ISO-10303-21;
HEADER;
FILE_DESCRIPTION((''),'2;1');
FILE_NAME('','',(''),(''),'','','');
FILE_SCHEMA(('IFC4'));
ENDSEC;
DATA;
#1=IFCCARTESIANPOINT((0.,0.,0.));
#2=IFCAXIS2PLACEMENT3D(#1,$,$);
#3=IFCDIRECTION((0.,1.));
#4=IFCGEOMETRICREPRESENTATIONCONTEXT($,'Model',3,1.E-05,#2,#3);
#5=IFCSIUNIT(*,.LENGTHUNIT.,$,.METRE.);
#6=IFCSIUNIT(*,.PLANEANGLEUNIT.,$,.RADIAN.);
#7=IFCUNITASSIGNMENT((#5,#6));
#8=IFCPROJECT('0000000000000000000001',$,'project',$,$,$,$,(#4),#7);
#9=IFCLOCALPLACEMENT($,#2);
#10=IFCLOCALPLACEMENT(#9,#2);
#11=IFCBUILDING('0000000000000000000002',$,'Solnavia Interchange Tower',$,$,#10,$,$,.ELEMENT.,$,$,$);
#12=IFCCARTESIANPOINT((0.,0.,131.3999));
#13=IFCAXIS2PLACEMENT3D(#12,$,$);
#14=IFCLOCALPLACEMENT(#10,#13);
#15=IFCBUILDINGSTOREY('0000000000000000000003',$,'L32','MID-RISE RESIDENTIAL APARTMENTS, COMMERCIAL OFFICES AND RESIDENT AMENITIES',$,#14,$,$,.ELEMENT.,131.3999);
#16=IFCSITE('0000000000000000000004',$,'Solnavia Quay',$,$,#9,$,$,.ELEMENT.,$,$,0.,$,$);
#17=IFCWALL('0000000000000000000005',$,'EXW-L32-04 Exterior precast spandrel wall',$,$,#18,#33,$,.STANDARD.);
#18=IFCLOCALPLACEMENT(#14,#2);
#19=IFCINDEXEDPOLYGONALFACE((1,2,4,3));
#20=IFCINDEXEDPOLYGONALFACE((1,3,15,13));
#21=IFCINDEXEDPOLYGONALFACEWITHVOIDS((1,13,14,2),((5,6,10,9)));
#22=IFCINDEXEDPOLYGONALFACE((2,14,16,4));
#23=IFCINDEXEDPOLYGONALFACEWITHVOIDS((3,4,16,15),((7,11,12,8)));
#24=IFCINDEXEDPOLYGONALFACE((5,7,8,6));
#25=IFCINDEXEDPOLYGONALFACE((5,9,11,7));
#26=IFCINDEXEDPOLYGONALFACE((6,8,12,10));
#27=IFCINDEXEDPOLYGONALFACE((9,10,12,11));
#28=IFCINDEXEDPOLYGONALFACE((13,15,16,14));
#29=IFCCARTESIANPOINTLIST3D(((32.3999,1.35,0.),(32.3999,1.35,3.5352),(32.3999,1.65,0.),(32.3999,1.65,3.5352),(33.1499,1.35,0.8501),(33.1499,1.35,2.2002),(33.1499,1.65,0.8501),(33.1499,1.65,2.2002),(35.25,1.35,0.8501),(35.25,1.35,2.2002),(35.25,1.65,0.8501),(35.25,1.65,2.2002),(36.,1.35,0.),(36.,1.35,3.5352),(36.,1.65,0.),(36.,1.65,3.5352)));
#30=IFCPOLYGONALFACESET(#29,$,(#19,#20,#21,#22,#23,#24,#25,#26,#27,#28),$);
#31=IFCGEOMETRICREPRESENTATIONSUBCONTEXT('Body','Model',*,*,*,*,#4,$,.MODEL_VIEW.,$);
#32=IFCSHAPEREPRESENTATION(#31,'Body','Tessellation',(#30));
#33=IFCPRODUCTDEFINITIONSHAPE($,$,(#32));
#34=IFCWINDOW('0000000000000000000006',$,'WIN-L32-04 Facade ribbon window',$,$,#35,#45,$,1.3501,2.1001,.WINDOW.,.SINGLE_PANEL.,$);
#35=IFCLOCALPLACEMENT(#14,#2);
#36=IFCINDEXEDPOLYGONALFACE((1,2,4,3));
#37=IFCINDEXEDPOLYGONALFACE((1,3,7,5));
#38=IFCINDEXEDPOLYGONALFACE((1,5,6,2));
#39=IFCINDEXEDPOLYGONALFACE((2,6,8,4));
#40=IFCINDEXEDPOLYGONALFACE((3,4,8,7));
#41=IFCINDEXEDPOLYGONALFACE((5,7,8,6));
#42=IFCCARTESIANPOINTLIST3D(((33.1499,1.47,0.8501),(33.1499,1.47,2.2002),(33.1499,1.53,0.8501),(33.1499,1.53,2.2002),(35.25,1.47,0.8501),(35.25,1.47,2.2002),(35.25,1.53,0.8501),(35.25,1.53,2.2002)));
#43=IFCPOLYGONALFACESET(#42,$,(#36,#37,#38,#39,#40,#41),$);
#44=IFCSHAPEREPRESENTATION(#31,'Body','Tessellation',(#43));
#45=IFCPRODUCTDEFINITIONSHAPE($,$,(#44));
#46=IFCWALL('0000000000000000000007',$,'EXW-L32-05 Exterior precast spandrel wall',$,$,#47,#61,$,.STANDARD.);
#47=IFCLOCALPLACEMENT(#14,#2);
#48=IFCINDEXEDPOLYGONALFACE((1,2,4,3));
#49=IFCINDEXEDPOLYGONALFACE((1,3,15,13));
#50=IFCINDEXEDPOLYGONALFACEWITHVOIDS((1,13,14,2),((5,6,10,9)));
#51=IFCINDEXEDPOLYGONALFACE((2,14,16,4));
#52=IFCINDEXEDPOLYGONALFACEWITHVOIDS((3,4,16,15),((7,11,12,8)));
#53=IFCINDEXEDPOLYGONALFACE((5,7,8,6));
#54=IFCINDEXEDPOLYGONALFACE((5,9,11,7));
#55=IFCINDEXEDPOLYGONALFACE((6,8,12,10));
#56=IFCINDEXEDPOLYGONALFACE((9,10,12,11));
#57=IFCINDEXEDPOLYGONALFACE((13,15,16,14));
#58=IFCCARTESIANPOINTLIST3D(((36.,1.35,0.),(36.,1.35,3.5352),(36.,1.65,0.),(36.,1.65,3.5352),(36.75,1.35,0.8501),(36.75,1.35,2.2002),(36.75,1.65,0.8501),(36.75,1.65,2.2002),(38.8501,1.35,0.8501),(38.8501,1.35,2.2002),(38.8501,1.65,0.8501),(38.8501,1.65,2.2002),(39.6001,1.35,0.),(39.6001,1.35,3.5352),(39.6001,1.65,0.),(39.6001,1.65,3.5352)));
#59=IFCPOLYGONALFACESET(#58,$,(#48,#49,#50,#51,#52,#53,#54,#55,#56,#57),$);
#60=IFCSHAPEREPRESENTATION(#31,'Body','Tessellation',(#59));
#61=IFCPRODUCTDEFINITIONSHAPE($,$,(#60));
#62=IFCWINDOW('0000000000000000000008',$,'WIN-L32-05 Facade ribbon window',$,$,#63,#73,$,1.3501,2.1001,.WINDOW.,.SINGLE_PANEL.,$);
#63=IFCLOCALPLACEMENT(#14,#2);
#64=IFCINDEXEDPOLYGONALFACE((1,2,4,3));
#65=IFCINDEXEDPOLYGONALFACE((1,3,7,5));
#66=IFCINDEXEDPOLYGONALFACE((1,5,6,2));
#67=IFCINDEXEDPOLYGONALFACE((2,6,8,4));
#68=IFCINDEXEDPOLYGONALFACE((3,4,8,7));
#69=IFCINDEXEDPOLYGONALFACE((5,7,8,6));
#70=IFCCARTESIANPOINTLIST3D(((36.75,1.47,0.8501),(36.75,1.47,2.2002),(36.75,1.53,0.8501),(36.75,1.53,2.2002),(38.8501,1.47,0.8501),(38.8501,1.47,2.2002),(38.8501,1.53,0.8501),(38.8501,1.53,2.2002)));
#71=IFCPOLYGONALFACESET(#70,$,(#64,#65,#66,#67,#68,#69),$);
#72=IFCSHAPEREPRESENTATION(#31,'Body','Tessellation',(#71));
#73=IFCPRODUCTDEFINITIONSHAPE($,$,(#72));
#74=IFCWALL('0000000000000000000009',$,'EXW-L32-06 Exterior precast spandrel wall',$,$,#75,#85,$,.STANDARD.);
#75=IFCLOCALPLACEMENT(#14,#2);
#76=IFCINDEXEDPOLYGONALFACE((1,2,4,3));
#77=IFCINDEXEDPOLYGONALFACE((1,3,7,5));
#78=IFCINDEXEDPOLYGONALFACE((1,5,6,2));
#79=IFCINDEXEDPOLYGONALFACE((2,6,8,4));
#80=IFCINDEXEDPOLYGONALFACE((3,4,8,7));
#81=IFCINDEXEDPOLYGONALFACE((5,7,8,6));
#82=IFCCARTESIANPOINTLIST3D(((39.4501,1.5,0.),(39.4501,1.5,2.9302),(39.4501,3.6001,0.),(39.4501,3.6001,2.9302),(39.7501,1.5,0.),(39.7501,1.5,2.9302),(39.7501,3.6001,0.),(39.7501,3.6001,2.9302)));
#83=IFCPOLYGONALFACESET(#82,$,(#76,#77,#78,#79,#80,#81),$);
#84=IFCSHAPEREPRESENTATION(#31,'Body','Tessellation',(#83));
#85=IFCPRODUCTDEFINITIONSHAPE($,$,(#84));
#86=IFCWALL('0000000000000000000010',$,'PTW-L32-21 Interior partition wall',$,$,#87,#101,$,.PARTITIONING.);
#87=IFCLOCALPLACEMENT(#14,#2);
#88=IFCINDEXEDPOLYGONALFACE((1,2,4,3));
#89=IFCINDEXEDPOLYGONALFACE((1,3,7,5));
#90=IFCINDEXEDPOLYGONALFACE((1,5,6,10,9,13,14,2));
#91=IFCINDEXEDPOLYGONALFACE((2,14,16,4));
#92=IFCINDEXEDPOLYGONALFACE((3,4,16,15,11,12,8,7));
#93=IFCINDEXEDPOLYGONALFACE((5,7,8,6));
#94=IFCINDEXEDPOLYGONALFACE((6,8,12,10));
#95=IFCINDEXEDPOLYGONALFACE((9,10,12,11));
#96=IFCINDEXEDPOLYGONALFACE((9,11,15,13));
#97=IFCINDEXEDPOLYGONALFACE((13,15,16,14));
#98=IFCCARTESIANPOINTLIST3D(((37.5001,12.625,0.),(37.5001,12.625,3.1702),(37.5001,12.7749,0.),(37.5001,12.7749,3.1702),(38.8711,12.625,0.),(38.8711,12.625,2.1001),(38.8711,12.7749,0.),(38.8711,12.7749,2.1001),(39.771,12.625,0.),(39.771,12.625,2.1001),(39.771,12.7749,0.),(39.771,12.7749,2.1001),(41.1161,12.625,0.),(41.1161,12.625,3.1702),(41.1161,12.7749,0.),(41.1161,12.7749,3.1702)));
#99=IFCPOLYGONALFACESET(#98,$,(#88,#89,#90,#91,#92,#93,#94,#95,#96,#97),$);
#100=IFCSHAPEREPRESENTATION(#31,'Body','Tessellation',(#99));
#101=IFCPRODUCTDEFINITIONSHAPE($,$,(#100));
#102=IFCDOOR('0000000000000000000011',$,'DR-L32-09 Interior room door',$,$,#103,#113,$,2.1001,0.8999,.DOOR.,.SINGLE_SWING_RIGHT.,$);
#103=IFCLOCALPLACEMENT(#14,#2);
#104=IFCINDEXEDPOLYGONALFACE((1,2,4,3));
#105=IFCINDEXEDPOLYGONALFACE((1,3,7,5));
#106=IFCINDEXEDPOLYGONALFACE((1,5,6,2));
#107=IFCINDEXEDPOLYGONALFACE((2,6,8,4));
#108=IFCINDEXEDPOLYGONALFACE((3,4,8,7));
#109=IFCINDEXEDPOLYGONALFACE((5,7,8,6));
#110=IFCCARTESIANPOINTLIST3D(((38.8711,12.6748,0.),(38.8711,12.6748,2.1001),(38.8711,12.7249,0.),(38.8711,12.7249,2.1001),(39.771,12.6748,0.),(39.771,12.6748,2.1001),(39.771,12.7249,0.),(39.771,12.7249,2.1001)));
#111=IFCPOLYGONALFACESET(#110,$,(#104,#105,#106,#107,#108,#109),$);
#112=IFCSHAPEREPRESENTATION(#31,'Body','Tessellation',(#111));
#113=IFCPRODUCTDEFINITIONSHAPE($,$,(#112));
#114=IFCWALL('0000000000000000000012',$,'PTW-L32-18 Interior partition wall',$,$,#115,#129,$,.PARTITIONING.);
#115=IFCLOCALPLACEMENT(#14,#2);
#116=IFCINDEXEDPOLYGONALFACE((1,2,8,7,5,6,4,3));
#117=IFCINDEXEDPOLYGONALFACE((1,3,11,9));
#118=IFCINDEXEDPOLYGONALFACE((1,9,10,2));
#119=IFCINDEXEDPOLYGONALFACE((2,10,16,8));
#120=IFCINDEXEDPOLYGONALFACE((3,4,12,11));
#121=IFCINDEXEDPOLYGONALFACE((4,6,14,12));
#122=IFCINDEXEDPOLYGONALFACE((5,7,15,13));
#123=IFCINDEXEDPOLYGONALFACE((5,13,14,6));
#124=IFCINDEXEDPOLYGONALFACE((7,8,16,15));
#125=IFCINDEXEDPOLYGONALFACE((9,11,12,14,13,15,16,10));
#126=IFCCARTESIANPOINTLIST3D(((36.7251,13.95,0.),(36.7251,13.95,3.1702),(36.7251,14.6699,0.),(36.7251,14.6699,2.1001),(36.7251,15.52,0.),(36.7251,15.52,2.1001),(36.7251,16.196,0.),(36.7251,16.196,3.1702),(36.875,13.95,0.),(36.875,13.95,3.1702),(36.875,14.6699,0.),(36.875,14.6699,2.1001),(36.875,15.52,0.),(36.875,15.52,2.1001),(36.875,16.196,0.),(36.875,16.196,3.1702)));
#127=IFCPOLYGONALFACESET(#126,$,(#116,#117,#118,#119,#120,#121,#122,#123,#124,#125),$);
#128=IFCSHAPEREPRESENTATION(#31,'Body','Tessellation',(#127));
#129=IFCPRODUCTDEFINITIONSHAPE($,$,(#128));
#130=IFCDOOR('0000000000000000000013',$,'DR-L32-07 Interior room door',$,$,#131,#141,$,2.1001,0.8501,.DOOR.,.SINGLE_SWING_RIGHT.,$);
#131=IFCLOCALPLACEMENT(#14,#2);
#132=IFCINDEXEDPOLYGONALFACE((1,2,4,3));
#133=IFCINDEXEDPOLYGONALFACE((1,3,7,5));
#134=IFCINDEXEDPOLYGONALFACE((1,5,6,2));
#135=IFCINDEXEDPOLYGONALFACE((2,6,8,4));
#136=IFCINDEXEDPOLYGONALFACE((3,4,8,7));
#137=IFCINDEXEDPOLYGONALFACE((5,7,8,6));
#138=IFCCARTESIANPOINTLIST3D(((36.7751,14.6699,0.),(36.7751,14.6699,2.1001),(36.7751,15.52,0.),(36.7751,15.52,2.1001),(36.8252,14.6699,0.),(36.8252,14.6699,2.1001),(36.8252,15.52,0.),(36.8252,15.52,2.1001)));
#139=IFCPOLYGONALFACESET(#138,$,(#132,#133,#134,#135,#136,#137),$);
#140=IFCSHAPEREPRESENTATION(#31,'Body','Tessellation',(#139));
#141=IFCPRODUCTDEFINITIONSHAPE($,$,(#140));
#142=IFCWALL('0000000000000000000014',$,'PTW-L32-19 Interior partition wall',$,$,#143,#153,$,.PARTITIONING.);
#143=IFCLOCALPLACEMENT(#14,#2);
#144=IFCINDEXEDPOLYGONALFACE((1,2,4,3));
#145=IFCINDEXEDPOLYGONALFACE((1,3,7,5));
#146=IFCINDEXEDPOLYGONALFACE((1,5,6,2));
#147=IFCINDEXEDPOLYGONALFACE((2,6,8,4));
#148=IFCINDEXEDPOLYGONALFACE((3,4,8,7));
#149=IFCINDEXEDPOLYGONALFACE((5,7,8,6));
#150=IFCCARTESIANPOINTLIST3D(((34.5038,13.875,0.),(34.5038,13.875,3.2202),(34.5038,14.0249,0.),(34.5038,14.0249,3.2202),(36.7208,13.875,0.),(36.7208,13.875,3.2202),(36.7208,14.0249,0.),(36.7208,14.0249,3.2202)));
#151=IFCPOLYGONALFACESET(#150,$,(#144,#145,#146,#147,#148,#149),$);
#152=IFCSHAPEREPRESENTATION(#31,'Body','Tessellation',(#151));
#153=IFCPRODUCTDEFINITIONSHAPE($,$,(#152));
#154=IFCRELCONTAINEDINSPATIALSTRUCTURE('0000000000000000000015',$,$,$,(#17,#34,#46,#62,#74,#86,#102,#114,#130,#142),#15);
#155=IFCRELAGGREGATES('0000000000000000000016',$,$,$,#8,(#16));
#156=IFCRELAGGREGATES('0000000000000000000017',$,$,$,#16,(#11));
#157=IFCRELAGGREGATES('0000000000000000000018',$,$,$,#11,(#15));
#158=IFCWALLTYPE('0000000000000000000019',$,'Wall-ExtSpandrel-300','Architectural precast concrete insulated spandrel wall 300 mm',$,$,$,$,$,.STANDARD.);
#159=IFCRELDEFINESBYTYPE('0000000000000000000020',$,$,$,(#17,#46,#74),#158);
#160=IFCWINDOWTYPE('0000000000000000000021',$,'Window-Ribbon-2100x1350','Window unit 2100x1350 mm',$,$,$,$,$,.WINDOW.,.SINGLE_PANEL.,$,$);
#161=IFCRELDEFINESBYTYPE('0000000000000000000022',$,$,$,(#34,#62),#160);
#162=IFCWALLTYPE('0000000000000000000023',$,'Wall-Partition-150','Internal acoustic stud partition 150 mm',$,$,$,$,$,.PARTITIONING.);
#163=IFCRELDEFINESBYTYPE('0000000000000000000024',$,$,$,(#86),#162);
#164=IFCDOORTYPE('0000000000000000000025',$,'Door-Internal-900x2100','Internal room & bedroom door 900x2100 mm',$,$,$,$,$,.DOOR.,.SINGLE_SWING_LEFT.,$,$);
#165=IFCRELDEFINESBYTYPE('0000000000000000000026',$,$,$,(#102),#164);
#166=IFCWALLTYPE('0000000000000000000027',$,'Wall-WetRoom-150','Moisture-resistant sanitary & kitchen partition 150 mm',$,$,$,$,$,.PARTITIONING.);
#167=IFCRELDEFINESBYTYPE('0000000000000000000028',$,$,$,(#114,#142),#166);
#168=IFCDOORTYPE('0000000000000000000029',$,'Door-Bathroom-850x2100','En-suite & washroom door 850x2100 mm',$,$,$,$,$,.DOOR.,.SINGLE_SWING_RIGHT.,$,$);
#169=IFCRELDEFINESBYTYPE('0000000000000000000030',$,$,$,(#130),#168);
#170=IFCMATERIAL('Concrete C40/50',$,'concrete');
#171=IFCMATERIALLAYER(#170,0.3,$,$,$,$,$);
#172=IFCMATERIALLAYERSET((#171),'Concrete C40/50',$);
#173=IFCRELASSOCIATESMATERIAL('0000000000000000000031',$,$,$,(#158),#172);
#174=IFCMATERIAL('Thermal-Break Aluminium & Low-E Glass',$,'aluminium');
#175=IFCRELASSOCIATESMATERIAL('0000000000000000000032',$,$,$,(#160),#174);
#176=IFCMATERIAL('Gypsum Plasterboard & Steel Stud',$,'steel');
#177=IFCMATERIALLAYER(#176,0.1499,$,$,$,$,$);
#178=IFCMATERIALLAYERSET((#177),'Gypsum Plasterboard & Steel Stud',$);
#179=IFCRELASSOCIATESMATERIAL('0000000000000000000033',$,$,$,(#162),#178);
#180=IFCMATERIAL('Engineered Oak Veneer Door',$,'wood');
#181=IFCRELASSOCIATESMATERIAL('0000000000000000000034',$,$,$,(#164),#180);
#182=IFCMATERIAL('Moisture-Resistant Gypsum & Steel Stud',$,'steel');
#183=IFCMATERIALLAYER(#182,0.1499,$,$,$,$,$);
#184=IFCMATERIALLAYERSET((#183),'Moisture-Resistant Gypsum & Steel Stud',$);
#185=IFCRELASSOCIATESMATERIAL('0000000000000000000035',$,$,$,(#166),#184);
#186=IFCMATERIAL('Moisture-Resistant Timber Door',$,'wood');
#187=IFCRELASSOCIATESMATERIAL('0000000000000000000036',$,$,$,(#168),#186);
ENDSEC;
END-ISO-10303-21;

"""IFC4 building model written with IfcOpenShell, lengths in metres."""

from ifc_helpers import new_model, si_unit, direction, frame, frame_2d, origin, place, context, subcontext, project, spatial, rectangle, extrude, material, layer, layer_set, type_object, element, fill, save


model = new_model("IFC4")

# Units and contexts
model_context = context("Model", 3, precision=1e-05, world=origin(), true_north=direction((0.0, 1.0)))
body_context = subcontext(model_context, "Body", "Model", "MODEL_VIEW")
ifc_project = project(units=[si_unit("LENGTHUNIT", "METRE"), si_unit("PLANEANGLEUNIT", "RADIAN")], contexts=[model_context])

# Site, building, storey
site_placement = place(None, origin())
site = spatial("IfcSite", under=ifc_project, at=site_placement, Name="Solnavia Quay", CompositionType="ELEMENT", RefElevation=0.0)
building_placement = place(site_placement, origin())
building = spatial("IfcBuilding", under=site, at=building_placement, Name="Solnavia Interchange Tower", CompositionType="ELEMENT")
storey_placement = place(building_placement, frame((0.0, 0.0, 131.3999)))
storey = spatial("IfcBuildingStorey", under=building, at=storey_placement, Name="L32", Description="MID-RISE RESIDENTIAL APARTMENTS, COMMERCIAL OFFICES AND RESIDENT AMENITIES", CompositionType="ELEMENT", Elevation=131.3999)

# Walls, openings, windows
ifc_material_1 = material(Name="Concrete C40/50", Category="concrete")
ifc_layer_1 = layer(ifc_material_1, 0.3)
ifc_layer_set_1 = layer_set([ifc_layer_1], Name="Concrete C40/50")
wall_type_1 = type_object("IfcWallType", Name="Wall-ExtSpandrel-300", Description="Architectural precast concrete insulated spandrel wall 300 mm", PredefinedType="STANDARD", material=ifc_layer_set_1)
wall_1_placement = place(storey_placement, frame((36.0, 1.5, 0.0), z_axis=(0.0, 0.0, 1.0), x_axis=(-1.0, 0.0, 0.0)))
wall_1 = element("IfcWall", 1, at=wall_1_placement, inside=storey, type_object=wall_type_1, Name="EXW-L32-04 Exterior precast spandrel wall", PredefinedType="STANDARD", context=body_context, shape_type="SweptSolid", body=[
    extrude(rectangle(XDim=3.6001, YDim=0.3, at=frame_2d((1.8, 0.0))), origin(), (0.0, 0.0, 1.0), 3.5352),
])
opening_1_placement = place(wall_1_placement, frame((0.75, 0.0, 0.8501)))
opening_1 = element("IfcOpeningElement", 2, at=opening_1_placement, cuts=wall_1, PredefinedType="OPENING", context=body_context, shape_type="SweptSolid", body=[
    extrude(rectangle(XDim=2.1001, YDim=1.3501, at=frame_2d((1.05, 0.675))), frame((0.0, 0.1602, 0.0), z_axis=(0.0, -1.0, 0.0), x_axis=(1.0, 0.0, 0.0)), (0.0, 0.0, 1.0), 0.3201),
])
ifc_material_2 = material(Name="Thermal-Break Aluminium & Low-E Glass", Category="aluminium")
window_type = type_object("IfcWindowType", Name="Window-Ribbon-2100x1350", Description="Window unit 2100x1350 mm", PartitioningType="SINGLE_PANEL", PredefinedType="WINDOW", material=ifc_material_2)
window_1_placement = place(opening_1_placement, origin())
window_1 = element("IfcWindow", 3, at=window_1_placement, inside=storey, type_object=window_type, Name="WIN-L32-04 Facade ribbon window", OverallHeight=1.3501, OverallWidth=2.1001, PartitioningType="SINGLE_PANEL", PredefinedType="WINDOW", context=body_context, shape_type="SweptSolid", body=[
    extrude(rectangle(XDim=2.1001, YDim=1.3501, at=frame_2d((1.05, 0.675))), frame((0.0, 0.03, 0.0), z_axis=(0.0, -1.0, 0.0), x_axis=(1.0, 0.0, 0.0)), (0.0, 0.0, 1.0), 0.0601),
])
fill(opening_1, window_1)
wall_2_placement = place(storey_placement, frame((39.6001, 1.5, 0.0), z_axis=(0.0, 0.0, 1.0), x_axis=(-1.0, 0.0, 0.0)))
wall_2 = element("IfcWall", 4, at=wall_2_placement, inside=storey, type_object=wall_type_1, Name="EXW-L32-05 Exterior precast spandrel wall", PredefinedType="STANDARD", context=body_context, shape_type="SweptSolid", body=[
    extrude(rectangle(XDim=3.6001, YDim=0.3, at=frame_2d((1.8, 0.0))), origin(), (0.0, 0.0, 1.0), 3.5352),
])
opening_2_placement = place(wall_2_placement, frame((0.75, 0.0, 0.8501)))
opening_2 = element("IfcOpeningElement", 5, at=opening_2_placement, cuts=wall_2, PredefinedType="OPENING", context=body_context, shape_type="SweptSolid", body=[
    extrude(rectangle(XDim=2.1001, YDim=1.3501, at=frame_2d((1.05, 0.675))), frame((0.0, 0.1602, 0.0), z_axis=(0.0, -1.0, 0.0), x_axis=(1.0, 0.0, 0.0)), (0.0, 0.0, 1.0), 0.3201),
])
window_2_placement = place(opening_2_placement, origin())
window_2 = element("IfcWindow", 6, at=window_2_placement, inside=storey, type_object=window_type, Name="WIN-L32-05 Facade ribbon window", OverallHeight=1.3501, OverallWidth=2.1001, PartitioningType="SINGLE_PANEL", PredefinedType="WINDOW", context=body_context, shape_type="SweptSolid", body=[
    extrude(rectangle(XDim=2.1001, YDim=1.3501, at=frame_2d((1.05, 0.675))), frame((0.0, 0.03, 0.0), z_axis=(0.0, -1.0, 0.0), x_axis=(1.0, 0.0, 0.0)), (0.0, 0.0, 1.0), 0.0601),
])
fill(opening_2, window_2)

# Wall
wall_3_placement = place(storey_placement, frame((39.6001, 3.6001, 0.0), z_axis=(0.0, 0.0, 1.0), x_axis=(0.0, -1.0, 0.0)))
element("IfcWall", 7, at=wall_3_placement, inside=storey, type_object=wall_type_1, Name="EXW-L32-06 Exterior precast spandrel wall", PredefinedType="STANDARD", context=body_context, shape_type="SweptSolid", body=[
    extrude(rectangle(XDim=2.1001, YDim=0.3, at=frame_2d((1.05, 0.0))), origin(), (0.0, 0.0, 1.0), 2.9302),
])

# Walls, openings, doors
ifc_material_3 = material(Name="Gypsum Plasterboard & Steel Stud", Category="steel")
ifc_layer_2 = layer(ifc_material_3, 0.1499)
ifc_layer_set_2 = layer_set([ifc_layer_2], Name="Gypsum Plasterboard & Steel Stud")
wall_type_2 = type_object("IfcWallType", Name="Wall-Partition-150", Description="Internal acoustic stud partition 150 mm", PredefinedType="PARTITIONING", material=ifc_layer_set_2)
wall_4_placement = place(storey_placement, frame((37.5, 12.7, 0.0), z_axis=(0.0, 0.0, 1.0), x_axis=(1.0, 0.0, 0.0)))
wall_4 = element("IfcWall", 8, at=wall_4_placement, inside=storey, type_object=wall_type_2, Name="PTW-L32-21 Interior partition wall", PredefinedType="PARTITIONING", context=body_context, shape_type="SweptSolid", body=[
    extrude(rectangle(XDim=3.616, YDim=0.1499, at=frame_2d((1.8081, 0.0))), origin(), (0.0, 0.0, 1.0), 3.1702),
])
opening_3_placement = place(wall_4_placement, frame((1.3711, 0.0, 0.0)))
opening_3 = element("IfcOpeningElement", 9, at=opening_3_placement, cuts=wall_4, PredefinedType="OPENING", context=body_context, shape_type="SweptSolid", body=[
    extrude(rectangle(XDim=0.8999, YDim=2.1001, at=frame_2d((0.45, 1.05))), frame((0.0, 0.085, 0.0), z_axis=(0.0, -1.0, 0.0), x_axis=(1.0, 0.0, 0.0)), (0.0, 0.0, 1.0), 0.1699),
])
ifc_material_4 = material(Name="Engineered Oak Veneer Door", Category="wood")
door_type_1 = type_object("IfcDoorType", Name="Door-Internal-900x2100", Description="Internal room & bedroom door 900x2100 mm", OperationType="SINGLE_SWING_LEFT", PredefinedType="DOOR", material=ifc_material_4)
door_1_placement = place(opening_3_placement, origin())
door_1 = element("IfcDoor", 10, at=door_1_placement, inside=storey, type_object=door_type_1, Name="DR-L32-09 Interior room door", OperationType="SINGLE_SWING_RIGHT", OverallHeight=2.1001, OverallWidth=0.8999, PredefinedType="DOOR", context=body_context, shape_type="SweptSolid", body=[
    extrude(rectangle(XDim=0.8999, YDim=2.1001, at=frame_2d((0.45, 1.05))), frame((0.0, 0.0249, 0.0), z_axis=(0.0, -1.0, 0.0), x_axis=(1.0, 0.0, 0.0)), (0.0, 0.0, 1.0), 0.05),
])
fill(opening_3, door_1)
ifc_material_5 = material(Name="Moisture-Resistant Gypsum & Steel Stud", Category="steel")
ifc_layer_3 = layer(ifc_material_5, 0.1499)
ifc_layer_set_3 = layer_set([ifc_layer_3], Name="Moisture-Resistant Gypsum & Steel Stud")
wall_type_3 = type_object("IfcWallType", Name="Wall-WetRoom-150", Description="Moisture-resistant sanitary & kitchen partition 150 mm", PredefinedType="PARTITIONING", material=ifc_layer_set_3)
wall_5_placement = place(storey_placement, frame((36.8, 13.95, 0.0), z_axis=(0.0, 0.0, 1.0), x_axis=(0.0, 1.0, 0.0)))
wall_5 = element("IfcWall", 11, at=wall_5_placement, inside=storey, type_object=wall_type_3, Name="PTW-L32-18 Interior partition wall", PredefinedType="PARTITIONING", context=body_context, shape_type="SweptSolid", body=[
    extrude(rectangle(XDim=2.2461, YDim=0.1499, at=frame_2d((1.123, 0.0))), origin(), (0.0, 0.0, 1.0), 3.1702),
])
opening_4_placement = place(wall_5_placement, frame((0.72, 0.0, 0.0)))
opening_4 = element("IfcOpeningElement", 12, at=opening_4_placement, cuts=wall_5, PredefinedType="OPENING", context=body_context, shape_type="SweptSolid", body=[
    extrude(rectangle(XDim=0.8501, YDim=2.1001, at=frame_2d((0.425, 1.05))), frame((0.0, 0.085, 0.0), z_axis=(0.0, -1.0, 0.0), x_axis=(1.0, 0.0, 0.0)), (0.0, 0.0, 1.0), 0.1699),
])
ifc_material_6 = material(Name="Moisture-Resistant Timber Door", Category="wood")
door_type_2 = type_object("IfcDoorType", Name="Door-Bathroom-850x2100", Description="En-suite & washroom door 850x2100 mm", OperationType="SINGLE_SWING_RIGHT", PredefinedType="DOOR", material=ifc_material_6)
door_2_placement = place(opening_4_placement, origin())
door_2 = element("IfcDoor", 13, at=door_2_placement, inside=storey, type_object=door_type_2, Name="DR-L32-07 Interior room door", OperationType="SINGLE_SWING_RIGHT", OverallHeight=2.1001, OverallWidth=0.8501, PredefinedType="DOOR", context=body_context, shape_type="SweptSolid", body=[
    extrude(rectangle(XDim=0.8501, YDim=2.1001, at=frame_2d((0.425, 1.05))), frame((0.0, 0.0249, 0.0), z_axis=(0.0, -1.0, 0.0), x_axis=(1.0, 0.0, 0.0)), (0.0, 0.0, 1.0), 0.05),
])
fill(opening_4, door_2)

# Wall
wall_6_placement = place(storey_placement, frame((34.5039, 13.95, 0.0), z_axis=(0.0, 0.0, 1.0), x_axis=(1.0, 0.0, 0.0)))
element("IfcWall", 14, at=wall_6_placement, inside=storey, type_object=wall_type_3, Name="PTW-L32-19 Interior partition wall", PredefinedType="PARTITIONING", context=body_context, shape_type="SweptSolid", body=[
    extrude(rectangle(XDim=2.217, YDim=0.1499, at=frame_2d((1.1084, 0.0))), origin(), (0.0, 0.0, 1.0), 3.2202),
])

save(model, "model.ifc")
